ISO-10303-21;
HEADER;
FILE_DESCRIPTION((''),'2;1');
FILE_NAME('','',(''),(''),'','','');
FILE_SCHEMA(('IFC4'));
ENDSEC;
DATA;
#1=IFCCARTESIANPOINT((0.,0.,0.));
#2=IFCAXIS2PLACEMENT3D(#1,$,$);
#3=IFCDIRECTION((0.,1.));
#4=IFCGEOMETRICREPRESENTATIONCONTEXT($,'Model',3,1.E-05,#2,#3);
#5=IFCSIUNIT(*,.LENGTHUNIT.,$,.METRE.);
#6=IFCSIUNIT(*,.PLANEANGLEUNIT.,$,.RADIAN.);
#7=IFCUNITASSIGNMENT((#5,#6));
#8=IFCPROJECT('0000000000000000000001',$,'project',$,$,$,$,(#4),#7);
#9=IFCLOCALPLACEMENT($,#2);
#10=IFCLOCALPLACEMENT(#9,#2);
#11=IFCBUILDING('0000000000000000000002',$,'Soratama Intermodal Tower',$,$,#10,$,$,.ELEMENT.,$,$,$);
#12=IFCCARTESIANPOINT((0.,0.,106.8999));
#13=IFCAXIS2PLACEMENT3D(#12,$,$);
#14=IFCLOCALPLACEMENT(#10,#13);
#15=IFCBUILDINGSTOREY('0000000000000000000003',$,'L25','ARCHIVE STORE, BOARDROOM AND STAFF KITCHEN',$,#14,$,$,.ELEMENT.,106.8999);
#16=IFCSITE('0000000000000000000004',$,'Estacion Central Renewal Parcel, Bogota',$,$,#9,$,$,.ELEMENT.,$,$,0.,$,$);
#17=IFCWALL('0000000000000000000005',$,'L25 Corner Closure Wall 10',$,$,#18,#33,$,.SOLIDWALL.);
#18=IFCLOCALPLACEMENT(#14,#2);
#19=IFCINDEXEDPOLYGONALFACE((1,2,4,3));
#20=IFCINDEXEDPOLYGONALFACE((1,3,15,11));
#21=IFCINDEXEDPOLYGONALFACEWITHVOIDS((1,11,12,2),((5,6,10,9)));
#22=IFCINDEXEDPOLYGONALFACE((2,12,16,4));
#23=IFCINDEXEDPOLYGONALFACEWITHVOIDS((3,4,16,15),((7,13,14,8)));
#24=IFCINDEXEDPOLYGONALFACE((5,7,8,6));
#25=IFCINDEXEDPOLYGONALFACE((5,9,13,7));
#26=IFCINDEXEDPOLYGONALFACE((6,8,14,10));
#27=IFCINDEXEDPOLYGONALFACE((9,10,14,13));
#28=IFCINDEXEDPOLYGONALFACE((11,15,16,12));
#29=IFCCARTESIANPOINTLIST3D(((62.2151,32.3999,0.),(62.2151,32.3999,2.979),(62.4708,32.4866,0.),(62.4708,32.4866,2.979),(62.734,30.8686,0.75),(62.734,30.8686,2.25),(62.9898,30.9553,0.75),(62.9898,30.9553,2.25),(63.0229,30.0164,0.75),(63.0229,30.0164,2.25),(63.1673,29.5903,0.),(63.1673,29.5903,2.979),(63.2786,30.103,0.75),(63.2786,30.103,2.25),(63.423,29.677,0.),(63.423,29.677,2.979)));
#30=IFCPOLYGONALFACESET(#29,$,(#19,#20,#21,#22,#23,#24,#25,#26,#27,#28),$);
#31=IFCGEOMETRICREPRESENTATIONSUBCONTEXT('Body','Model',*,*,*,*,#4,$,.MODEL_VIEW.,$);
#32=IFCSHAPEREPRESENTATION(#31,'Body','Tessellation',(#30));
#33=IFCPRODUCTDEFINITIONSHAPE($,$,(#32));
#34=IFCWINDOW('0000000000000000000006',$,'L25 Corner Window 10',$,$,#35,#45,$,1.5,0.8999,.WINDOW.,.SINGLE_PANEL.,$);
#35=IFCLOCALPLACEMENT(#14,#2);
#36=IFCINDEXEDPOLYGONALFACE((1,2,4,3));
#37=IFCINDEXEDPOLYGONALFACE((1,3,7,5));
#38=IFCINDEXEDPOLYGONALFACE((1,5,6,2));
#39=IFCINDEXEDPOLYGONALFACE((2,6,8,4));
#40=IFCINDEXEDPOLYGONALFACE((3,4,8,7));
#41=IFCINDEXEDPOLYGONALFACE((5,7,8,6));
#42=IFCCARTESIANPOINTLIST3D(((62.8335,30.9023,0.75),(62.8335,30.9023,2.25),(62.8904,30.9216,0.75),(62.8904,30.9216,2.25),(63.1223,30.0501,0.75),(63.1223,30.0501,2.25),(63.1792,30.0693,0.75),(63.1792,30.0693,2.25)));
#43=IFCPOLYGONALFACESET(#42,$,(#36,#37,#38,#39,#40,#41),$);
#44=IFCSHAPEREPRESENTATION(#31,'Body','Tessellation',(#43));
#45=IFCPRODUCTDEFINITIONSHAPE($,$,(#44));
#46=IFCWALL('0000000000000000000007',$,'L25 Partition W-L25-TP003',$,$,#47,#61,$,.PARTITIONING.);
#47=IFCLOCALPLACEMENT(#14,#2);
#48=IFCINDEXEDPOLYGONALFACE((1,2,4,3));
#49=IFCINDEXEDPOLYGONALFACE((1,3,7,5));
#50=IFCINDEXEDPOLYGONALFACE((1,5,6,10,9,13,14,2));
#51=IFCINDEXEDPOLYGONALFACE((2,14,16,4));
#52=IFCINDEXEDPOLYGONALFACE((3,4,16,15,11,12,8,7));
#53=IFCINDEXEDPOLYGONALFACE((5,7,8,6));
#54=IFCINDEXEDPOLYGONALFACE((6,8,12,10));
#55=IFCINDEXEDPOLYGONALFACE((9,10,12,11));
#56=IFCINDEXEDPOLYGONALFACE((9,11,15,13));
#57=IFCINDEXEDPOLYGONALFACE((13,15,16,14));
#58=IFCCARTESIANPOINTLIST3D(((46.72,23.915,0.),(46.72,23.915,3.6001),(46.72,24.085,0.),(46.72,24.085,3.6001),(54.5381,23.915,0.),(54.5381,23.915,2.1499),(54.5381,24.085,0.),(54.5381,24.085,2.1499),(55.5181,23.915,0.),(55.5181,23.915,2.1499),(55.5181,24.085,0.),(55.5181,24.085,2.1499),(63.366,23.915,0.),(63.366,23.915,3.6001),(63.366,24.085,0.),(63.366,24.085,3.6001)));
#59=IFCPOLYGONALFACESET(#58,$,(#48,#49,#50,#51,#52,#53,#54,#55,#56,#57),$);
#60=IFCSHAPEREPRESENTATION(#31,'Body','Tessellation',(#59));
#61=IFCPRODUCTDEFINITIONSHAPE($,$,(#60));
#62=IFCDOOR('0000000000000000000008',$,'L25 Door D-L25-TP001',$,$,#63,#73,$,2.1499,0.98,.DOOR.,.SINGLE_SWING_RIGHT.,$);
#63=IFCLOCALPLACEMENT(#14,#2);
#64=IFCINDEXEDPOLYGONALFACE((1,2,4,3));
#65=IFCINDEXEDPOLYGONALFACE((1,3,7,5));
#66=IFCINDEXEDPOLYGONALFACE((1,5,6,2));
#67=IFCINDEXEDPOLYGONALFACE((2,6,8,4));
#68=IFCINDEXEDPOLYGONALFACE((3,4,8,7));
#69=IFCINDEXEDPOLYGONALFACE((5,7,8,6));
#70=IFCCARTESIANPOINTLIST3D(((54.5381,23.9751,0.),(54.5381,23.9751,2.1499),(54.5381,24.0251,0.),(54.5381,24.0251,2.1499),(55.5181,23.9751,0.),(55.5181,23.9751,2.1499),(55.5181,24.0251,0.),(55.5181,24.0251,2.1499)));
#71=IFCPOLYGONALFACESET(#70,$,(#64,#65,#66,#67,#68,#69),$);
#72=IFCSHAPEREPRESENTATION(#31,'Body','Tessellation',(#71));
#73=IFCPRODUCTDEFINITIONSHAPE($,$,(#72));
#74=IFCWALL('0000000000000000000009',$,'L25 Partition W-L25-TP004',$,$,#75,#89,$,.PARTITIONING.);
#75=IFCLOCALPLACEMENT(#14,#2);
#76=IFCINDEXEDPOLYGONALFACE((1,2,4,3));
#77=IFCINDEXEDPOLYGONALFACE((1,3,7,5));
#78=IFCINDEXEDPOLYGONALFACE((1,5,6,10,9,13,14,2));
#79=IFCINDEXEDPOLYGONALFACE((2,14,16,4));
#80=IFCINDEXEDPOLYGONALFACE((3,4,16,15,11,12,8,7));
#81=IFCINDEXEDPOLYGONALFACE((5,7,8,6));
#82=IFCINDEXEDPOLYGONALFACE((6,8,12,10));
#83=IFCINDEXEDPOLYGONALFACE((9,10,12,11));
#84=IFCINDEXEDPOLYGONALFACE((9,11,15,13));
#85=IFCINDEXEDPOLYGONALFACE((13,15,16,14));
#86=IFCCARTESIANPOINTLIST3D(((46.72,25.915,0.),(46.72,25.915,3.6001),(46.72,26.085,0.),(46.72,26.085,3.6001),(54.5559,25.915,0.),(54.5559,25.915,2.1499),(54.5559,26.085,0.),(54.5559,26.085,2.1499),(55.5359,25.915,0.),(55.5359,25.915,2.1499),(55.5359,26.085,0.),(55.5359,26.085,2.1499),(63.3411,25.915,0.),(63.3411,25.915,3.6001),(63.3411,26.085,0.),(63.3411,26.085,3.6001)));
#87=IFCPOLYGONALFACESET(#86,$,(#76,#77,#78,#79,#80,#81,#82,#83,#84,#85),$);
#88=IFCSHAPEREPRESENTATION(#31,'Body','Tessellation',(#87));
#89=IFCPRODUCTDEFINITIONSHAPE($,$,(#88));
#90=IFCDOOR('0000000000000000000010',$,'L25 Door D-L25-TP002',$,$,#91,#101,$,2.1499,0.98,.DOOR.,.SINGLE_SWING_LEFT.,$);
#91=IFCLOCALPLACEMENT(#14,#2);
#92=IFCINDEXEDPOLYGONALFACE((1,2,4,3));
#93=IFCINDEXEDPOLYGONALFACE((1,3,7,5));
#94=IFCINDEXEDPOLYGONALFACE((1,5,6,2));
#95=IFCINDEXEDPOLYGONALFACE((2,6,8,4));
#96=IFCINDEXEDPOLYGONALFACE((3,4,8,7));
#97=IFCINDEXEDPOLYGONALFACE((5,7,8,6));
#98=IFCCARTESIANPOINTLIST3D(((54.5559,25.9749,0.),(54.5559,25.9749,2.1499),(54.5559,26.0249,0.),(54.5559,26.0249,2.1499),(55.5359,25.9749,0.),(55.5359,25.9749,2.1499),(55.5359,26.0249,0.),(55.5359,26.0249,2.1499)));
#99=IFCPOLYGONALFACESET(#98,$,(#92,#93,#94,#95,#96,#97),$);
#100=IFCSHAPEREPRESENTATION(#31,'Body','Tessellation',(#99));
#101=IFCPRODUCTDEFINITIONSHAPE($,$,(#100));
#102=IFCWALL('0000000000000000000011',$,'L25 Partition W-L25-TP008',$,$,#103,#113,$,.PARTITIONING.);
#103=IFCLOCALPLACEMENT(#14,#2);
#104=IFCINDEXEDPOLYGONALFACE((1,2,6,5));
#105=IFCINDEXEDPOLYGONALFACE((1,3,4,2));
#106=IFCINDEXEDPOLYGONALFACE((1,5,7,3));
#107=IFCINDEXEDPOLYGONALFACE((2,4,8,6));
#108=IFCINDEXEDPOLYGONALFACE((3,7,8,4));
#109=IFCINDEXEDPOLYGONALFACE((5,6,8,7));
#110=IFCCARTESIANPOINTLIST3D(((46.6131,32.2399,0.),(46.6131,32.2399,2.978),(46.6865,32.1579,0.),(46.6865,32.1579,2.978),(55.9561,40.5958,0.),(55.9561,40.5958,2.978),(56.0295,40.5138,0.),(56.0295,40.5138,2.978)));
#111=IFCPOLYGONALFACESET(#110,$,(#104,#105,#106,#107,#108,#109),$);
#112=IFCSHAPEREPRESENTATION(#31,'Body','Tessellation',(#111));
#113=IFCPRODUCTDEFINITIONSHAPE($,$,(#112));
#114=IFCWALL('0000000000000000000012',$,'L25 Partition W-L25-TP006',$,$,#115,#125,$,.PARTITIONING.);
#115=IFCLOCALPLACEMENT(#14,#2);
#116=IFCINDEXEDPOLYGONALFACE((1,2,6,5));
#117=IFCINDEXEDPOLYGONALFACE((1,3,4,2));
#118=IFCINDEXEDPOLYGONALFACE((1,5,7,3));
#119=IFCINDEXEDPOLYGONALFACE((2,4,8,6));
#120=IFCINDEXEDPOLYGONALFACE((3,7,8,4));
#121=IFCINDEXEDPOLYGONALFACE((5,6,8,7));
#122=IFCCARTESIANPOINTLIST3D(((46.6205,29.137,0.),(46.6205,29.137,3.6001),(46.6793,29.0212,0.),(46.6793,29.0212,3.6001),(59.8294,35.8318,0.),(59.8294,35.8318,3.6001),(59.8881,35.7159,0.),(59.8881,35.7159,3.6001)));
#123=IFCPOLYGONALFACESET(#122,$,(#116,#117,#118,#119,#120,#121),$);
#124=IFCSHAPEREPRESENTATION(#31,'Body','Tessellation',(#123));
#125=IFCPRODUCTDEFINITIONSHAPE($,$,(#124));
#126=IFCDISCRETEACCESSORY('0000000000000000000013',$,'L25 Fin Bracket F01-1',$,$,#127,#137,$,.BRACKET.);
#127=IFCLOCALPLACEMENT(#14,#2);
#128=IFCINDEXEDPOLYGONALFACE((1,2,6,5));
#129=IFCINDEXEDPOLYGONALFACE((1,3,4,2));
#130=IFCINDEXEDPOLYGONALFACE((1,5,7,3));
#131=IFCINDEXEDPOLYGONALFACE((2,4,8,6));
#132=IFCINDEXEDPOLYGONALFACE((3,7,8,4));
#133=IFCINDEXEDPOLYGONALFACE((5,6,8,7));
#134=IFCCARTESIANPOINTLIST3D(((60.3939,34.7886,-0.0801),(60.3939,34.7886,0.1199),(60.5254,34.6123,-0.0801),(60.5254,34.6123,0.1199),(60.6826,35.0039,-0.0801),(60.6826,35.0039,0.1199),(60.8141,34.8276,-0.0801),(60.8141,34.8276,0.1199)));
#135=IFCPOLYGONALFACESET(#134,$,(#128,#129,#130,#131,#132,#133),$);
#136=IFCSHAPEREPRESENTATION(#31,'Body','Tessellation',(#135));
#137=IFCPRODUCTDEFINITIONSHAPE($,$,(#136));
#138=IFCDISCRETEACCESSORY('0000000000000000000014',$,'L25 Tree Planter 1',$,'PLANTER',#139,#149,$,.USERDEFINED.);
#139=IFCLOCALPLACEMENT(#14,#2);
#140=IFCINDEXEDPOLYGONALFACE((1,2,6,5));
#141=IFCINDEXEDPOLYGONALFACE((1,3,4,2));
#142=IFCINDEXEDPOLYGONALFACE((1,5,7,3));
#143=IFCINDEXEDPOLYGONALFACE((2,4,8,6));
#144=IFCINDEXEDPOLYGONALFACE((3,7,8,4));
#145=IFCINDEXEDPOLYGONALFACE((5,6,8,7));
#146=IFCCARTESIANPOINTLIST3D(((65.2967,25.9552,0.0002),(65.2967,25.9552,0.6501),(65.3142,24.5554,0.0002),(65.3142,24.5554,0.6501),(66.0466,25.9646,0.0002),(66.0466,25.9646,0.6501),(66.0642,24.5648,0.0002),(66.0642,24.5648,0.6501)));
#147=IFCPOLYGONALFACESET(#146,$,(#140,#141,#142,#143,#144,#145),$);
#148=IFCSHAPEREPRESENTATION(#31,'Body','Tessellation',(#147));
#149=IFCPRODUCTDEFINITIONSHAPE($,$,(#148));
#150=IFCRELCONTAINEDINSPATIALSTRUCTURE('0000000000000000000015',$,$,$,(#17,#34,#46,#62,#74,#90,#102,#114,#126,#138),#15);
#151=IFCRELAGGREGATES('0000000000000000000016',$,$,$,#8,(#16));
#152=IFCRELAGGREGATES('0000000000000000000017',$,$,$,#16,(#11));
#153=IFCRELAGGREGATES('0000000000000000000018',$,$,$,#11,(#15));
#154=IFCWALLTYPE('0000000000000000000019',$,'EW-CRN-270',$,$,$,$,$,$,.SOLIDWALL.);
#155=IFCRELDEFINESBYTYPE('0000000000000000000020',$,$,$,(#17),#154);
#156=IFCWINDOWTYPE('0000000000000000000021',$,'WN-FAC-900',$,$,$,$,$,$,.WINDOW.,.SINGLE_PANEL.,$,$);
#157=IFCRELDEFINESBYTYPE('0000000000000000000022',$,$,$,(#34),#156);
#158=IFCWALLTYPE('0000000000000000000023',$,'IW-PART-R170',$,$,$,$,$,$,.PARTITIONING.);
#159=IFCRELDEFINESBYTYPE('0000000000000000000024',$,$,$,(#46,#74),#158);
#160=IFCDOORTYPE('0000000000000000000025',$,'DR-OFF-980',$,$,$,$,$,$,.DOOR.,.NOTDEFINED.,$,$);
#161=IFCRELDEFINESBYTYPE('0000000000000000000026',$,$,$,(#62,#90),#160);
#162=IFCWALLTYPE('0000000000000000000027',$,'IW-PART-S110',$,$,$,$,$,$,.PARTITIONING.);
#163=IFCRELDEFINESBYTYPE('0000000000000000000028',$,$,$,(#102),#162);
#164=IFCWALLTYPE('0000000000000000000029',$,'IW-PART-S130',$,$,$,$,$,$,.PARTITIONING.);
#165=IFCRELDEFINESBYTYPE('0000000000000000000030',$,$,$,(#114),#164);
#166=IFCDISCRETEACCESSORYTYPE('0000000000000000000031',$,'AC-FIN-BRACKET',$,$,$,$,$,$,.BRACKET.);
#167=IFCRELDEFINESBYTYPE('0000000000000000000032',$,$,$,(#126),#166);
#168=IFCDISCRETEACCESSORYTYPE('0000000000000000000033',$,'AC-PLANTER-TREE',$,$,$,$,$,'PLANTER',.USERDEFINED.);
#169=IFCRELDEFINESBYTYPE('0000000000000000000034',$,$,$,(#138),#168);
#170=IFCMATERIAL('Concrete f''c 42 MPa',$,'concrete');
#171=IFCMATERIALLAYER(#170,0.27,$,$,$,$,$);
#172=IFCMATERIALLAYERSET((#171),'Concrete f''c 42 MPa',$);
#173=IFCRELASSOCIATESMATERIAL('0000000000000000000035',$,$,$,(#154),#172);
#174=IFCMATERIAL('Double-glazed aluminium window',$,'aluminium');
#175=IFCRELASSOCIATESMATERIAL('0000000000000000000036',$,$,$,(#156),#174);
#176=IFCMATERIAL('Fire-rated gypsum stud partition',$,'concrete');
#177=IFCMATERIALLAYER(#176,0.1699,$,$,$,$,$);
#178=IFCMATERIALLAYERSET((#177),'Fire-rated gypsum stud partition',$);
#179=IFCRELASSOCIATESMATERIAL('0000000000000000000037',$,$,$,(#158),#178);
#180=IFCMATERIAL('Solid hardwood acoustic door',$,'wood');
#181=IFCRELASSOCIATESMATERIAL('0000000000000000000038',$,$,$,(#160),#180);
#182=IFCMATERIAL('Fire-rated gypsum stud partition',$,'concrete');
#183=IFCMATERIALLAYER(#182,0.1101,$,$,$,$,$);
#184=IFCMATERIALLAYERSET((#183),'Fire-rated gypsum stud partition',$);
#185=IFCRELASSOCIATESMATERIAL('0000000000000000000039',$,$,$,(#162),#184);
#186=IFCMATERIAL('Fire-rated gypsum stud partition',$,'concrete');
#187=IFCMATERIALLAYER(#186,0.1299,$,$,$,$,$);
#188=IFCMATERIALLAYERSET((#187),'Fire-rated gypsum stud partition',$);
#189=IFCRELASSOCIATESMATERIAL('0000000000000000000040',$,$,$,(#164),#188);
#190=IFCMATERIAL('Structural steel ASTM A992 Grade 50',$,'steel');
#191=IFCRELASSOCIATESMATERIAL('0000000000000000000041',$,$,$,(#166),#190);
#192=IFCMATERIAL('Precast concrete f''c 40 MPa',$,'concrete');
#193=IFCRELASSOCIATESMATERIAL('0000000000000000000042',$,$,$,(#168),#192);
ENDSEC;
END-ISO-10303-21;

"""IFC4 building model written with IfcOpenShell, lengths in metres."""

from ifc_helpers import new_model, si_unit, direction, frame, frame_2d, origin, origin_2d, place, context, subcontext, project, spatial, rectangle, extrude, material, layer, layer_set, type_object, element, fill, save


model = new_model("IFC4")

# Units and contexts
model_context = context("Model", 3, precision=1e-05, world=origin(), true_north=direction((0.0, 1.0)))
body_context = subcontext(model_context, "Body", "Model", "MODEL_VIEW")
ifc_project = project(units=[si_unit("LENGTHUNIT", "METRE"), si_unit("PLANEANGLEUNIT", "RADIAN")], contexts=[model_context])

# Site, building, storey
site_placement = place(None, origin())
site = spatial("IfcSite", under=ifc_project, at=site_placement, Name="Estacion Central Renewal Parcel, Bogota", CompositionType="ELEMENT", RefElevation=0.0)
building_placement = place(site_placement, origin())
building = spatial("IfcBuilding", under=site, at=building_placement, Name="Soratama Intermodal Tower", CompositionType="ELEMENT")
storey_placement = place(building_placement, frame((0.0, 0.0, 106.8999)))
storey = spatial("IfcBuildingStorey", under=building, at=storey_placement, Name="L25", Description="ARCHIVE STORE, BOARDROOM AND STAFF KITCHEN", CompositionType="ELEMENT", Elevation=106.8999)

# Wall, opening, window
ifc_material_1 = material(Name="Concrete f'c 42 MPa", Category="concrete")
ifc_layer_1 = layer(ifc_material_1, 0.27)
ifc_layer_set_1 = layer_set([ifc_layer_1], Name="Concrete f'c 42 MPa")
wall_type_1 = type_object("IfcWallType", Name="EW-CRN-270", PredefinedType="SOLIDWALL", material=ifc_layer_set_1)
wall_1_placement = place(storey_placement, frame((63.2952, 29.6335, 0.0), z_axis=(0.0, 0.0, 1.0), x_axis=(-0.320964, 0.947091, 0.0)))
wall_1 = element("IfcWall", 1, at=wall_1_placement, inside=storey, type_object=wall_type_1, Name="L25 Corner Closure Wall 10", PredefinedType="SOLIDWALL", context=body_context, shape_type="SweptSolid", body=[
    extrude(rectangle(XDim=2.9666, YDim=0.27, at=frame_2d((1.4834, 0.0))), origin(), (0.0, 0.0, 1.0), 2.979),
])
opening_1_placement = place(wall_1_placement, frame((0.45, 0.0, 0.75)))
opening_1 = element("IfcOpeningElement", 2, at=opening_1_placement, cuts=wall_1, PredefinedType="OPENING", context=body_context, shape_type="SweptSolid", body=[
    extrude(rectangle(XDim=0.8999, YDim=1.5, at=frame_2d((0.45, 0.75))), frame((0.0, 0.145, 0.0), z_axis=(0.0, -1.0, 0.0), x_axis=(1.0, 0.0, 0.0)), (0.0, 0.0, 1.0), 0.29),
])
ifc_material_2 = material(Name="Double-glazed aluminium window", Category="aluminium")
window_type = type_object("IfcWindowType", Name="WN-FAC-900", PartitioningType="SINGLE_PANEL", PredefinedType="WINDOW", material=ifc_material_2)
window_placement = place(opening_1_placement, origin())
window = element("IfcWindow", 3, at=window_placement, inside=storey, type_object=window_type, Name="L25 Corner Window 10", OverallHeight=1.5, OverallWidth=0.8999, PartitioningType="SINGLE_PANEL", PredefinedType="WINDOW", context=body_context, shape_type="SweptSolid", body=[
    extrude(rectangle(XDim=0.8999, YDim=1.5, at=frame_2d((0.45, 0.75))), frame((0.0, 0.03, 0.0), z_axis=(0.0, -1.0, 0.0), x_axis=(1.0, 0.0, 0.0)), (0.0, 0.0, 1.0), 0.0601),
])
fill(opening_1, window)

# Walls, openings, doors
ifc_material_3 = material(Name="Fire-rated gypsum stud partition", Category="concrete")
ifc_layer_2 = layer(ifc_material_3, 0.1699)
ifc_layer_set_2 = layer_set([ifc_layer_2], Name="Fire-rated gypsum stud partition")
wall_type_2 = type_object("IfcWallType", Name="IW-PART-R170", PredefinedType="PARTITIONING", material=ifc_layer_set_2)
wall_2_placement = place(storey_placement, frame((63.366, 24.0, 0.0), z_axis=(0.0, 0.0, 1.0), x_axis=(-1.0, 0.0, 0.0)))
wall_2 = element("IfcWall", 4, at=wall_2_placement, inside=storey, type_object=wall_type_2, Name="L25 Partition W-L25-TP003", PredefinedType="PARTITIONING", context=body_context, shape_type="SweptSolid", body=[
    extrude(rectangle(XDim=16.646, YDim=0.1699, at=frame_2d((8.323, 0.0))), origin(), (0.0, 0.0, 1.0), 3.6001),
])
opening_2_placement = place(wall_2_placement, frame((7.8479, 0.0, 0.0)))
opening_2 = element("IfcOpeningElement", 5, at=opening_2_placement, cuts=wall_2, PredefinedType="OPENING", context=body_context, shape_type="SweptSolid", body=[
    extrude(rectangle(XDim=0.98, YDim=2.1499, at=frame_2d((0.49, 1.075))), frame((0.0, 0.095, 0.0), z_axis=(0.0, -1.0, 0.0), x_axis=(1.0, 0.0, 0.0)), (0.0, 0.0, 1.0), 0.1899),
])
ifc_material_4 = material(Name="Solid hardwood acoustic door", Category="wood")
door_type = type_object("IfcDoorType", Name="DR-OFF-980", OperationType="NOTDEFINED", PredefinedType="DOOR", material=ifc_material_4)
door_1_placement = place(opening_2_placement, origin())
door_1 = element("IfcDoor", 6, at=door_1_placement, inside=storey, type_object=door_type, Name="L25 Door D-L25-TP001", OperationType="SINGLE_SWING_RIGHT", OverallHeight=2.1499, OverallWidth=0.98, PredefinedType="DOOR", context=body_context, shape_type="SweptSolid", body=[
    extrude(rectangle(XDim=0.98, YDim=2.1499, at=frame_2d((0.49, 1.075))), frame((0.0, 0.0249, 0.0), z_axis=(0.0, -1.0, 0.0), x_axis=(1.0, 0.0, 0.0)), (0.0, 0.0, 1.0), 0.05),
])
fill(opening_2, door_1)
wall_3_placement = place(storey_placement, frame((46.72, 26.0, 0.0), z_axis=(0.0, 0.0, 1.0), x_axis=(1.0, 0.0, 0.0)))
wall_3 = element("IfcWall", 7, at=wall_3_placement, inside=storey, type_object=wall_type_2, Name="L25 Partition W-L25-TP004", PredefinedType="PARTITIONING", context=body_context, shape_type="SweptSolid", body=[
    extrude(rectangle(XDim=16.6211, YDim=0.1699, at=frame_2d((8.3105, 0.0))), origin(), (0.0, 0.0, 1.0), 3.6001),
])
opening_3_placement = place(wall_3_placement, frame((7.8359, 0.0, 0.0)))
opening_3 = element("IfcOpeningElement", 8, at=opening_3_placement, cuts=wall_3, PredefinedType="OPENING", context=body_context, shape_type="SweptSolid", body=[
    extrude(rectangle(XDim=0.98, YDim=2.1499, at=frame_2d((0.49, 1.075))), frame((0.0, 0.095, 0.0), z_axis=(0.0, -1.0, 0.0), x_axis=(1.0, 0.0, 0.0)), (0.0, 0.0, 1.0), 0.1899),
])
door_2_placement = place(opening_3_placement, origin())
door_2 = element("IfcDoor", 9, at=door_2_placement, inside=storey, type_object=door_type, Name="L25 Door D-L25-TP002", OperationType="SINGLE_SWING_LEFT", OverallHeight=2.1499, OverallWidth=0.98, PredefinedType="DOOR", context=body_context, shape_type="SweptSolid", body=[
    extrude(rectangle(XDim=0.98, YDim=2.1499, at=frame_2d((0.49, 1.075))), frame((0.0, 0.0249, 0.0), z_axis=(0.0, -1.0, 0.0), x_axis=(1.0, 0.0, 0.0)), (0.0, 0.0, 1.0), 0.05),
])
fill(opening_3, door_2)

# Walls
ifc_material_5 = material(Name="Fire-rated gypsum stud partition", Category="concrete")
ifc_layer_3 = layer(ifc_material_5, 0.1101)
ifc_layer_set_3 = layer_set([ifc_layer_3], Name="Fire-rated gypsum stud partition")
wall_type_3 = type_object("IfcWallType", Name="IW-PART-S110", PredefinedType="PARTITIONING", material=ifc_layer_set_3)
wall_4_placement = place(storey_placement, frame((46.6499, 32.199, 0.0), z_axis=(0.0, 0.0, 1.0), x_axis=(0.745383, 0.666636, 0.0)))
element("IfcWall", 10, at=wall_4_placement, inside=storey, type_object=wall_type_3, Name="L25 Partition W-L25-TP008", PredefinedType="PARTITIONING", context=body_context, shape_type="SweptSolid", body=[
    extrude(rectangle(XDim=12.5344, YDim=0.1101, at=frame_2d((6.2671, 0.0))), origin(), (0.0, 0.0, 1.0), 2.978),
])
ifc_material_6 = material(Name="Fire-rated gypsum stud partition", Category="concrete")
ifc_layer_4 = layer(ifc_material_6, 0.1299)
ifc_layer_set_4 = layer_set([ifc_layer_4], Name="Fire-rated gypsum stud partition")
wall_type_4 = type_object("IfcWallType", Name="IW-PART-S130", PredefinedType="PARTITIONING", material=ifc_layer_set_4)
wall_5_placement = place(storey_placement, frame((46.6499, 29.0791, 0.0), z_axis=(0.0, 0.0, 1.0), x_axis=(0.891974, 0.452087, 0.0)))
element("IfcWall", 11, at=wall_5_placement, inside=storey, type_object=wall_type_4, Name="L25 Partition W-L25-TP006", PredefinedType="PARTITIONING", context=body_context, shape_type="SweptSolid", body=[
    extrude(rectangle(XDim=14.8086, YDim=0.1299, at=frame_2d((7.4043, 0.0))), origin(), (0.0, 0.0, 1.0), 3.6001),
])

# Discrete accessories
ifc_material_7 = material(Name="Structural steel ASTM A992 Grade 50", Category="steel")
discrete_accessory_type_1 = type_object("IfcDiscreteAccessoryType", Name="AC-FIN-BRACKET", PredefinedType="BRACKET", material=ifc_material_7)
discrete_accessory_1_placement = place(storey_placement, frame((60.604, 34.8081, -0.0801), z_axis=(0.0, 0.0, 1.0), x_axis=(0.801567, 0.597905, 0.0)))
element("IfcDiscreteAccessory", 12, at=discrete_accessory_1_placement, inside=storey, type_object=discrete_accessory_type_1, Name="L25 Fin Bracket F01-1", PredefinedType="BRACKET", context=body_context, shape_type="SweptSolid", body=[
    extrude(rectangle(XDim=0.3601, YDim=0.22, at=origin_2d()), origin(), (0.0, 0.0, 1.0), 0.2),
])
ifc_material_8 = material(Name="Precast concrete f'c 40 MPa", Category="concrete")
discrete_accessory_type_2 = type_object("IfcDiscreteAccessoryType", Name="AC-PLANTER-TREE", ElementType="PLANTER", PredefinedType="USERDEFINED", material=ifc_material_8)
discrete_accessory_2_placement = place(storey_placement, frame((65.6804, 25.26, 0.0002), z_axis=(0.0, 0.0, 1.0), x_axis=(0.999921, 0.012566, 0.0)))
element("IfcDiscreteAccessory", 13, at=discrete_accessory_2_placement, inside=storey, type_object=discrete_accessory_type_2, Name="L25 Tree Planter 1", ObjectType="PLANTER", PredefinedType="USERDEFINED", context=body_context, shape_type="SweptSolid", body=[
    extrude(rectangle(XDim=0.75, YDim=1.3999, at=origin_2d()), origin(), (0.0, 0.0, 1.0), 0.6499),
])

save(model, "model.ifc")
